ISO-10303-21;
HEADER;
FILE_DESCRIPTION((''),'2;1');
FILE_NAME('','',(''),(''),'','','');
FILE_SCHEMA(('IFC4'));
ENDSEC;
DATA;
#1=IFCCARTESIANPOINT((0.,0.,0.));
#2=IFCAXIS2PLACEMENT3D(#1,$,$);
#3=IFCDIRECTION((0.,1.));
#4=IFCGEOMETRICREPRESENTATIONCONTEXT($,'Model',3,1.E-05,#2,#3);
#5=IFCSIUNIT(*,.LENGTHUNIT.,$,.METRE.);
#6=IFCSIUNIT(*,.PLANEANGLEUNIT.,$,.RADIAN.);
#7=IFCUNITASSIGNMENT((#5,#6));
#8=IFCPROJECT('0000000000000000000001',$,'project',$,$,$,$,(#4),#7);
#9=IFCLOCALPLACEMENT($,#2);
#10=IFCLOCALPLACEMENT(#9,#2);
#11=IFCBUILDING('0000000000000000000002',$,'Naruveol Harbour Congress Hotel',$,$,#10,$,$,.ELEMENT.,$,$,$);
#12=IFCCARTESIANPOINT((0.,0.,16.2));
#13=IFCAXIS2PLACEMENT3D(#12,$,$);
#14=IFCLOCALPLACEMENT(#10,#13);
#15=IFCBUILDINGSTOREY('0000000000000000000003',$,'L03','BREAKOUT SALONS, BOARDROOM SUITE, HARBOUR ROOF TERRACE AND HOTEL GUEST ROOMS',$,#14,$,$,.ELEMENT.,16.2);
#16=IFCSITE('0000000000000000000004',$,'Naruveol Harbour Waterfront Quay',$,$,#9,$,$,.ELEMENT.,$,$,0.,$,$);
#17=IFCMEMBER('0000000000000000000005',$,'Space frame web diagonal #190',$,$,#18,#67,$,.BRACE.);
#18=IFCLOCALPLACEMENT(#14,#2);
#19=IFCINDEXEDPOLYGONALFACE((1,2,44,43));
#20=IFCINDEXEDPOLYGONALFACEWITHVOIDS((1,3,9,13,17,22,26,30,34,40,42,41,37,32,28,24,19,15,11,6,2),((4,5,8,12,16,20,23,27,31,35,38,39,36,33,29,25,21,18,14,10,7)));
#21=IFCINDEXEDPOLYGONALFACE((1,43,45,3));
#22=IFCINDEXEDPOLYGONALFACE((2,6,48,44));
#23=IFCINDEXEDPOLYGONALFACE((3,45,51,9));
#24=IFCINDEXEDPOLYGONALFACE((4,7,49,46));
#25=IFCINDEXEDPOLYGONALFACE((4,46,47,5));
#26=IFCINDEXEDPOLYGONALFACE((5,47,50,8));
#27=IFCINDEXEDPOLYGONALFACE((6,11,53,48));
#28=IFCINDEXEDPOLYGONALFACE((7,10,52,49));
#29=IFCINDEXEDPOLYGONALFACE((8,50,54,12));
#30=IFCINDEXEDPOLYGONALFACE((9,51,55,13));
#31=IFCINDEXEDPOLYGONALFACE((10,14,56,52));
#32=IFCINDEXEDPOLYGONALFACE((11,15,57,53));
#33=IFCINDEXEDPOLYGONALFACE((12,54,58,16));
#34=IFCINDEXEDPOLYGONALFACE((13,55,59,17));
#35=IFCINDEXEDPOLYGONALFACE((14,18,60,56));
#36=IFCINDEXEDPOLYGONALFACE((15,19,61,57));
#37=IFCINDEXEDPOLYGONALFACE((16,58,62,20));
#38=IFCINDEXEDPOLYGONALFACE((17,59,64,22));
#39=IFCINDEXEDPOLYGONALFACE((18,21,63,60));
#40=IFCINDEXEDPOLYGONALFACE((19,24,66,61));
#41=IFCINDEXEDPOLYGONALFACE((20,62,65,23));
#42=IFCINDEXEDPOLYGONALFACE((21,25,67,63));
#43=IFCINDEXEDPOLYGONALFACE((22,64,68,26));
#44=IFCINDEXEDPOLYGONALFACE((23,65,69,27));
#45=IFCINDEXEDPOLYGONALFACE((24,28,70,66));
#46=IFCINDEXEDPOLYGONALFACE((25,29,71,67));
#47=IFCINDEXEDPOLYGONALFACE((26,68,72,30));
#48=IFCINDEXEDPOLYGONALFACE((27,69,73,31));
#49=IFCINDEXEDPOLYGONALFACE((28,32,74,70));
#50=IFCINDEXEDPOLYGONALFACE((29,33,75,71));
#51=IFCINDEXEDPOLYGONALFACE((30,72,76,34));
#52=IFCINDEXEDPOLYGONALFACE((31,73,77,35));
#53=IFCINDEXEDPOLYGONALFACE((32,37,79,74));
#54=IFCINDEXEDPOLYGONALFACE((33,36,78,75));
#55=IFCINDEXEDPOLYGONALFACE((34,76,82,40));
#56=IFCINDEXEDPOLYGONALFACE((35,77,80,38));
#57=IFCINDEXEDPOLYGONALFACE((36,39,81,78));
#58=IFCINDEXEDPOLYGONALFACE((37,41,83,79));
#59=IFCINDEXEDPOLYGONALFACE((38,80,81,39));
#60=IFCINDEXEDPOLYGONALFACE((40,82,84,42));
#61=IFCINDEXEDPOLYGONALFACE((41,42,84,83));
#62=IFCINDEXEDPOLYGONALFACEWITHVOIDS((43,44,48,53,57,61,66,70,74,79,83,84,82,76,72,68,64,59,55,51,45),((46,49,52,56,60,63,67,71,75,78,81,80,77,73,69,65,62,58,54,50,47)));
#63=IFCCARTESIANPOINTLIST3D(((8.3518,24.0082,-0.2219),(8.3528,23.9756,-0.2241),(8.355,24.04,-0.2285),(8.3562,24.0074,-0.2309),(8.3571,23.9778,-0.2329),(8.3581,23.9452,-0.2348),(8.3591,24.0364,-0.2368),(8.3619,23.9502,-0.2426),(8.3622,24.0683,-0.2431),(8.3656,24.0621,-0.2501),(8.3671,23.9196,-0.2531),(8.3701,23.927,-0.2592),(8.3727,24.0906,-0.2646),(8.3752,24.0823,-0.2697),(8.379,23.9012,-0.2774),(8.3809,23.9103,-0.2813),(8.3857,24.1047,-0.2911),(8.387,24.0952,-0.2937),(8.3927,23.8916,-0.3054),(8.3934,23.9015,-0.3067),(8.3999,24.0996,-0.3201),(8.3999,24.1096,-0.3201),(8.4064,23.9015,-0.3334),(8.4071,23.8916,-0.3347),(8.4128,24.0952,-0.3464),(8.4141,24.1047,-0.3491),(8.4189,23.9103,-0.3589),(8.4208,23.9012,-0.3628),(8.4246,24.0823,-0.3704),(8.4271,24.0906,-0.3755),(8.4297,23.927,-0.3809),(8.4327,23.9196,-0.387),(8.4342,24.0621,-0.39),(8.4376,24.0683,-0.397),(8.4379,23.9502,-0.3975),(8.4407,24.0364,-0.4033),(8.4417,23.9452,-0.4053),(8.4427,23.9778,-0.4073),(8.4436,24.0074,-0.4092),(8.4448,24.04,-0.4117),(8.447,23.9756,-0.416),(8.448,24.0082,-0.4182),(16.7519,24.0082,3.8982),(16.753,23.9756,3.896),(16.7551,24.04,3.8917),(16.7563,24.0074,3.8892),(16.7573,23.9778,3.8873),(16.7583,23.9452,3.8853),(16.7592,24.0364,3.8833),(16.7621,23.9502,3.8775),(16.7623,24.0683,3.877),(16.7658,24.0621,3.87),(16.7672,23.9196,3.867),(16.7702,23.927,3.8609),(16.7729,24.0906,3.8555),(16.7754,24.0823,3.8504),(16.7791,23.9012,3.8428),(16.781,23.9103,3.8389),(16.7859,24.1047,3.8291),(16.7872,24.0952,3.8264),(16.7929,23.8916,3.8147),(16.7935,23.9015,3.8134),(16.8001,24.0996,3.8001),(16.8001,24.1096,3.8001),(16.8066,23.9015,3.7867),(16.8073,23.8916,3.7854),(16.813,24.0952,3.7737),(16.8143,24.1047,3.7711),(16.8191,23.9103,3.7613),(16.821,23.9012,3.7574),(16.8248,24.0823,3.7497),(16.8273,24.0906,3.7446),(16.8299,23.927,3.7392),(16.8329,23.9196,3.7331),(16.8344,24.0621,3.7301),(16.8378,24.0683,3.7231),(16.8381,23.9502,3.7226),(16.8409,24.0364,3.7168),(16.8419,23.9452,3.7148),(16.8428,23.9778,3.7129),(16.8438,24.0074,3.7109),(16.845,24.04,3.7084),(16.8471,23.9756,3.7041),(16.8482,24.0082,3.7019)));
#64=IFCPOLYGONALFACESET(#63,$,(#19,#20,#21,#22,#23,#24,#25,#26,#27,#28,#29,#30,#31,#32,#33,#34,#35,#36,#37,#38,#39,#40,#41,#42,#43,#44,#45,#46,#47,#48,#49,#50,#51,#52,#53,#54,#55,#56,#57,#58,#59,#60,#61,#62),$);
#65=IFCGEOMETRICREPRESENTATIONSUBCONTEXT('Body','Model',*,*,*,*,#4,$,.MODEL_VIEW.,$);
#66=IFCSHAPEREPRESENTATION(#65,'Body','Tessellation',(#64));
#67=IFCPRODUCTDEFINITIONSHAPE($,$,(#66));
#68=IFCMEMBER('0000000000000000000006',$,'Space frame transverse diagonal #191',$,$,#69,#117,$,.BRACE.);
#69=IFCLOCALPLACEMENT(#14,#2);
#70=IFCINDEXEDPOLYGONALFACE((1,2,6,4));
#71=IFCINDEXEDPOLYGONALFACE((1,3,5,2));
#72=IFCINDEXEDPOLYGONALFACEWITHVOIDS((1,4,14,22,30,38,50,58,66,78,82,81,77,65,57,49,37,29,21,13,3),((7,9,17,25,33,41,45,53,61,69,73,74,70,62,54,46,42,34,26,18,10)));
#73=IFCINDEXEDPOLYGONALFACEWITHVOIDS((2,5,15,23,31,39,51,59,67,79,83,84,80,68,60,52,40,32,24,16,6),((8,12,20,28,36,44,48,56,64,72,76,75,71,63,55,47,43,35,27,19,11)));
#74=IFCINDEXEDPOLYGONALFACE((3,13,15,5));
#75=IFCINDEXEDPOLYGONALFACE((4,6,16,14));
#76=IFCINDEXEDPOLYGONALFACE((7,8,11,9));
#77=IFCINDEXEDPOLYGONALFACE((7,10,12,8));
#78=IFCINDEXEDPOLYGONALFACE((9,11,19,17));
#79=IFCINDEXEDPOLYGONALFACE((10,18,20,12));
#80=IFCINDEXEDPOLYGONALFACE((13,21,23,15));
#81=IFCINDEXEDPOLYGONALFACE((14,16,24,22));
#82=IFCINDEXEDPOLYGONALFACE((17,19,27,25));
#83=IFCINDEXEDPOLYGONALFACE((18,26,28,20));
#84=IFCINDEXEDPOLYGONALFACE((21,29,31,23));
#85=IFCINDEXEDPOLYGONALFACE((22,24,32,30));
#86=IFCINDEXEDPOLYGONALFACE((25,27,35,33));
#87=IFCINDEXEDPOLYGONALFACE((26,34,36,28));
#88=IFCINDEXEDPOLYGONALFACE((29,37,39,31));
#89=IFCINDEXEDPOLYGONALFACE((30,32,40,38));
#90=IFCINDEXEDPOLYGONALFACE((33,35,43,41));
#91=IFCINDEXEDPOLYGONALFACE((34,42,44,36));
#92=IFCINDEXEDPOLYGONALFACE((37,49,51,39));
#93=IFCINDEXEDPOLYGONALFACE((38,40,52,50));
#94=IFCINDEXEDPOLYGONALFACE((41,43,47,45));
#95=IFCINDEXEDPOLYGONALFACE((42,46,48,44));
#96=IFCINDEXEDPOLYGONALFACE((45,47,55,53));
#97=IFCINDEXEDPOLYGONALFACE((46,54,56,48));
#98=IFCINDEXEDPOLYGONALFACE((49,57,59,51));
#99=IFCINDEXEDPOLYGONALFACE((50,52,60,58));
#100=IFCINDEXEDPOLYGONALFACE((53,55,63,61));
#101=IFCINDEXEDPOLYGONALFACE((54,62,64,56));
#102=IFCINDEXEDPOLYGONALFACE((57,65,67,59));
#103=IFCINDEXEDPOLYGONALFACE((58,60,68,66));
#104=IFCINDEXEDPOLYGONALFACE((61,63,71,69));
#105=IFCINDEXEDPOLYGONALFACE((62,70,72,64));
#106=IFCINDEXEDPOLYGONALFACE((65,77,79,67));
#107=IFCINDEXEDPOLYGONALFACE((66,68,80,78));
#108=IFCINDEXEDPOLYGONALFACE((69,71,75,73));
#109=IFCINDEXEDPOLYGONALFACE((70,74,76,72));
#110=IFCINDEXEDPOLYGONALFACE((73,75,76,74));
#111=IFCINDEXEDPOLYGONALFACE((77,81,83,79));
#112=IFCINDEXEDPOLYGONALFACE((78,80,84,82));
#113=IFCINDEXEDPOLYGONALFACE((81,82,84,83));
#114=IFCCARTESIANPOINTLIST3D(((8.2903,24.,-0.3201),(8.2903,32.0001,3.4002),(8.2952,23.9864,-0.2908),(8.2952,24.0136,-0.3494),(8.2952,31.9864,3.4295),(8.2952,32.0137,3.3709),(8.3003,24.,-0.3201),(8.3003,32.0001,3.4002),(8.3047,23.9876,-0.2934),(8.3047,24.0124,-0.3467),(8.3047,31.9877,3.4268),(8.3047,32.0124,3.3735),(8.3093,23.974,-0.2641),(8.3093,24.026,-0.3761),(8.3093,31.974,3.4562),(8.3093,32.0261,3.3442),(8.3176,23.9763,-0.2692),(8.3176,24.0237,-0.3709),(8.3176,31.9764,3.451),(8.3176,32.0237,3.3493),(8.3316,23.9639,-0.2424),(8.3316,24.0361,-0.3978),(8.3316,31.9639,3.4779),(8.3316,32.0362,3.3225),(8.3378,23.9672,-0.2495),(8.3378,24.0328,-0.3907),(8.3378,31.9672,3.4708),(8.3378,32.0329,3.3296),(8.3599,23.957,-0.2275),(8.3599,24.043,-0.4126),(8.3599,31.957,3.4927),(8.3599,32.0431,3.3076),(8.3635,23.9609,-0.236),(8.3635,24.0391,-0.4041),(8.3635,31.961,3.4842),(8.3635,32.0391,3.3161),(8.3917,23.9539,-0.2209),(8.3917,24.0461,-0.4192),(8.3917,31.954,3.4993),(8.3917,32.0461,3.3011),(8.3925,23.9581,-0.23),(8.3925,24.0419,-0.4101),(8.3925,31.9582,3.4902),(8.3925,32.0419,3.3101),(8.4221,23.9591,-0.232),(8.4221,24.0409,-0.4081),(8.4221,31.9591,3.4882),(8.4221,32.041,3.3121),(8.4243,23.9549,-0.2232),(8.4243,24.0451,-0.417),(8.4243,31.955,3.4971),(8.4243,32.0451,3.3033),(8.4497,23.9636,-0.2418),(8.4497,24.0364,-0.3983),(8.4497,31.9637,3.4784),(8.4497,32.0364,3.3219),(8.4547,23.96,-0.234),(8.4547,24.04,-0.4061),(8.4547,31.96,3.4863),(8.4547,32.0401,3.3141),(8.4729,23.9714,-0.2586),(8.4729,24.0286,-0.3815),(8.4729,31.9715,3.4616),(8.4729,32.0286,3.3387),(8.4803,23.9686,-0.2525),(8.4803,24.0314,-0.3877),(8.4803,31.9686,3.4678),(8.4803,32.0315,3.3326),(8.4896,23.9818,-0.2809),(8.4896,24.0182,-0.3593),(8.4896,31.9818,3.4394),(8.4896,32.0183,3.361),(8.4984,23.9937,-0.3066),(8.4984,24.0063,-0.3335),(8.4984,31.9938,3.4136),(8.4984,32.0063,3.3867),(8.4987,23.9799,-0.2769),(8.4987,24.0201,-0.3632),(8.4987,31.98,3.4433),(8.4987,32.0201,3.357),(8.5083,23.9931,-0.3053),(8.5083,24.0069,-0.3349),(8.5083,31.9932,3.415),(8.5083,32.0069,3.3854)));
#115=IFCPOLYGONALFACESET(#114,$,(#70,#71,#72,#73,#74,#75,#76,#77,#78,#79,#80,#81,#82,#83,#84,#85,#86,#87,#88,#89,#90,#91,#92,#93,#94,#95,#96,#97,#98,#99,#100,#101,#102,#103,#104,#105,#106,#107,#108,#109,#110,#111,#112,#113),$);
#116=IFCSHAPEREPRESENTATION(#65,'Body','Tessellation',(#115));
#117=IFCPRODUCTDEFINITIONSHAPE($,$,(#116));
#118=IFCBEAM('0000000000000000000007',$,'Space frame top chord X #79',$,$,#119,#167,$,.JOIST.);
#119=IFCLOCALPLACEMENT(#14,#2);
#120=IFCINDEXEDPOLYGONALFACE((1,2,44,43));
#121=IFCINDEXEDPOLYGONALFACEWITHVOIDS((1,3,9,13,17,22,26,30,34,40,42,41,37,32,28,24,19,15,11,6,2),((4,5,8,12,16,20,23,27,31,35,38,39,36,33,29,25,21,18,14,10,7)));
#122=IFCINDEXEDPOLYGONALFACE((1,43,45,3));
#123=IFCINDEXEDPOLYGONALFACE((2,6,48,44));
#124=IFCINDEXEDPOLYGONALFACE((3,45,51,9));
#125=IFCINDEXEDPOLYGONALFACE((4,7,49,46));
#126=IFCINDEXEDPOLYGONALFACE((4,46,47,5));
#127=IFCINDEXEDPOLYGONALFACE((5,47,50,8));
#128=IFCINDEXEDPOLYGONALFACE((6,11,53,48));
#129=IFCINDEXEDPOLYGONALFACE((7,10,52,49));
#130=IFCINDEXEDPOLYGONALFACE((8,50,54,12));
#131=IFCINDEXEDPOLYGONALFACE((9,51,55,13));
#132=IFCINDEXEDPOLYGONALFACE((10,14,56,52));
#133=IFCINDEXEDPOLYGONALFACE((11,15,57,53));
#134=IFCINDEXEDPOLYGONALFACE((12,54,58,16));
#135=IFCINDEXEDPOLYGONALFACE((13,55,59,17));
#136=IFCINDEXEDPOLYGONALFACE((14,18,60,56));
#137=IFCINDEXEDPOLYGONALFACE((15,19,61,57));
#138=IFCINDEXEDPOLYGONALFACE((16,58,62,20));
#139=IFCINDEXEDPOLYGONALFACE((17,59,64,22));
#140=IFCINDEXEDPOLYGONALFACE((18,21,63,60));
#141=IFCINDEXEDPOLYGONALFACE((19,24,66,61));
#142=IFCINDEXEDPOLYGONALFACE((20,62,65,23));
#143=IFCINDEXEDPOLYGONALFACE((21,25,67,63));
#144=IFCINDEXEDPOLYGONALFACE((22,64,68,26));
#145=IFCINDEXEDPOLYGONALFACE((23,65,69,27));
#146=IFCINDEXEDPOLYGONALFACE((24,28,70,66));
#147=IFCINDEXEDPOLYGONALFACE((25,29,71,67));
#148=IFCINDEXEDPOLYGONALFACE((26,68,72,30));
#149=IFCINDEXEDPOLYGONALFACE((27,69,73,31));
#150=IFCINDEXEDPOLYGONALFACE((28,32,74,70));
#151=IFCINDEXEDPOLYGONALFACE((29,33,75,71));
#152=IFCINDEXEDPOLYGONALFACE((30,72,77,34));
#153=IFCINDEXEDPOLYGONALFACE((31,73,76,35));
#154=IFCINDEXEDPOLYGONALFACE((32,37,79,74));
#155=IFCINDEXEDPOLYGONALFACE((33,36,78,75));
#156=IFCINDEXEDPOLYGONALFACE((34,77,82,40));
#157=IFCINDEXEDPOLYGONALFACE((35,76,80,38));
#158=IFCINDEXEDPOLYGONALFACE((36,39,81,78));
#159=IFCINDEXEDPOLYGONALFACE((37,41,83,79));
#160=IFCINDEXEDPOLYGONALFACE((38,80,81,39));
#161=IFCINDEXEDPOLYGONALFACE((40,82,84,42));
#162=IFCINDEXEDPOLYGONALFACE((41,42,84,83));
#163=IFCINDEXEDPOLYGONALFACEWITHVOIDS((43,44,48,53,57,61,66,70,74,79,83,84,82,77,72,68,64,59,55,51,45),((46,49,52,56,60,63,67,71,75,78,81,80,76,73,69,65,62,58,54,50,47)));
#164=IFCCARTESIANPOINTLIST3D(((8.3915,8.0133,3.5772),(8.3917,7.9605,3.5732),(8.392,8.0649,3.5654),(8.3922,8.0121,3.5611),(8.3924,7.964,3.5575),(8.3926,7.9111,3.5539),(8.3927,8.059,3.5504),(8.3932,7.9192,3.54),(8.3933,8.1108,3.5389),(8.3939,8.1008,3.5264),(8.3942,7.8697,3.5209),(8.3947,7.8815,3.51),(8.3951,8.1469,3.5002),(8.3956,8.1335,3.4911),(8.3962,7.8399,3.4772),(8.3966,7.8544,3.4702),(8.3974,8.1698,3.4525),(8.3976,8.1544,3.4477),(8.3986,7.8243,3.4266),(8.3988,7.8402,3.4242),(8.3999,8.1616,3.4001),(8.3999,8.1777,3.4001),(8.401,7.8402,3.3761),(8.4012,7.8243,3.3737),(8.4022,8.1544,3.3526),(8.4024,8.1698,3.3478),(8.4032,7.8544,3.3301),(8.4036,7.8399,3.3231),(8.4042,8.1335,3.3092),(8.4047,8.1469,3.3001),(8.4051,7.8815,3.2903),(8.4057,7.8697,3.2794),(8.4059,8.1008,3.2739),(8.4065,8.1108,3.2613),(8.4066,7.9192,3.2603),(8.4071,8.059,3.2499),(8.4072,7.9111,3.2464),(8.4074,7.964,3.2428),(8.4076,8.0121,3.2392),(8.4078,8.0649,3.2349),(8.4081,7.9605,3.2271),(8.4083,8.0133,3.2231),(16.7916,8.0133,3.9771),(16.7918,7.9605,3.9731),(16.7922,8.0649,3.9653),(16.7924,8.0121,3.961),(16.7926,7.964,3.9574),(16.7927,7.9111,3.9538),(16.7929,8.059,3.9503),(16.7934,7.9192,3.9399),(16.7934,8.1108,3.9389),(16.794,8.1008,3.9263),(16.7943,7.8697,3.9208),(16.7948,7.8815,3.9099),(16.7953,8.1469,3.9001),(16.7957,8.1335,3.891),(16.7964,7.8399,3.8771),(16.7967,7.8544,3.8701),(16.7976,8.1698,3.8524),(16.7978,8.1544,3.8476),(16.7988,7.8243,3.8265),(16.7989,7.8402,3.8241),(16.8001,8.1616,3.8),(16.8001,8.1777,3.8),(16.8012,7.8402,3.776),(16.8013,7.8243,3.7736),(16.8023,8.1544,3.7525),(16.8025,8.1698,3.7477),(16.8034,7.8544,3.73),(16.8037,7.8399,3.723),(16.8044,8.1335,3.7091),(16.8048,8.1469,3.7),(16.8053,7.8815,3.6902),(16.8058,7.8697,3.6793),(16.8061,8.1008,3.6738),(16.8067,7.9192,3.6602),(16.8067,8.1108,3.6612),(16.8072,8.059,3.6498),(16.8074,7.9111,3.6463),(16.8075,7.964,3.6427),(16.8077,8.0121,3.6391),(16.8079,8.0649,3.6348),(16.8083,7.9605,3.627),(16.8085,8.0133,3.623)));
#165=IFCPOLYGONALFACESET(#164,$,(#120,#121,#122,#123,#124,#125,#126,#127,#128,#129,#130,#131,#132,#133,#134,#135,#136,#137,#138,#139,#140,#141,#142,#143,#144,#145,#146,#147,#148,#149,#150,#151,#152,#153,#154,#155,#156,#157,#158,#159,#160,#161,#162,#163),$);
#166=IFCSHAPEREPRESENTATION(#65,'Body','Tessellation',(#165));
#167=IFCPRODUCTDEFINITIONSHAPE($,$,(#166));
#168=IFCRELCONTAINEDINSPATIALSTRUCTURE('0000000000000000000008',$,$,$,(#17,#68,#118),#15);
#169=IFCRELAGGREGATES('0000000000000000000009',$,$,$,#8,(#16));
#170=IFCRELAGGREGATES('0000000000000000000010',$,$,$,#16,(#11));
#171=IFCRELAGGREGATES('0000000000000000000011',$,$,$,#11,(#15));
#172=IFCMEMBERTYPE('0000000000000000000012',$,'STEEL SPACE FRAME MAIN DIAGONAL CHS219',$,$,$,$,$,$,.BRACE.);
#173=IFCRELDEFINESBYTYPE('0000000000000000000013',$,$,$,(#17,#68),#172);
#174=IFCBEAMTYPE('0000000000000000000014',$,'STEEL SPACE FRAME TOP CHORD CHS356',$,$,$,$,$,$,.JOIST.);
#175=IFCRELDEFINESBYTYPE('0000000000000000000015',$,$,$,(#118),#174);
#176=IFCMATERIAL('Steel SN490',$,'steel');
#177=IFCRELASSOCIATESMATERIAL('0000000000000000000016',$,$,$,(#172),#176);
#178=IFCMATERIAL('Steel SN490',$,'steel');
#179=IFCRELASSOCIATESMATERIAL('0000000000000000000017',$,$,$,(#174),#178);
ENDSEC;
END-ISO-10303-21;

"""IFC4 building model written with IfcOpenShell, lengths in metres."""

from ifc_helpers import new_model, si_unit, direction, frame, origin, origin_2d, place, context, subcontext, project, spatial, hollow_circle, extrude, material, material_profile, profile_set, type_object, element, save


model = new_model("IFC4")

# Units and contexts
model_context = context("Model", 3, precision=1e-05, world=origin(), true_north=direction((0.0, 1.0)))
body_context = subcontext(model_context, "Body", "Model", "MODEL_VIEW")
ifc_project = project(units=[si_unit("LENGTHUNIT", "METRE"), si_unit("PLANEANGLEUNIT", "RADIAN")], contexts=[model_context])

# Site, building, storey
site_placement = place(None, origin())
site = spatial("IfcSite", under=ifc_project, at=site_placement, Name="Naruveol Harbour Waterfront Quay", CompositionType="ELEMENT", RefElevation=0.0)
building_placement = place(site_placement, origin())
building = spatial("IfcBuilding", under=site, at=building_placement, Name="Naruveol Harbour Congress Hotel", CompositionType="ELEMENT")
storey_placement = place(building_placement, frame((0.0, 0.0, 16.2)))
storey = spatial("IfcBuildingStorey", under=building, at=storey_placement, Name="L03", Description="BREAKOUT SALONS, BOARDROOM SUITE, HARBOUR ROOF TERRACE AND HOTEL GUEST ROOMS", CompositionType="ELEMENT", Elevation=16.2)

# Members
ifc_material_1 = material(Name="Steel SN490", Category="steel")
ifc_material_profile_1 = material_profile(ifc_material_1, hollow_circle(Radius=0.1096, WallThickness=0.01, at=origin_2d()), Name="CHS-219.1x10")
ifc_profile_set_1 = profile_set([ifc_material_profile_1], Name="Steel SN490")
member_type_1 = type_object("IfcMemberType", Name="STEEL SPACE FRAME MAIN DIAGONAL CHS219", PredefinedType="BRACE", material=ifc_profile_set_1)
member_1_placement = place(storey_placement, frame((8.3999, 24.0, -0.3201), z_axis=(0.897819, 0.0, 0.440364), x_axis=(0.0, 1.0, 0.0)))
element("IfcMember", 1, at=member_1_placement, inside=storey, type_object=member_type_1, Name="Space frame web diagonal #190", PredefinedType="BRACE", context=body_context, shape_type="SweptSolid", body=[
    extrude(hollow_circle(Radius=0.1096, WallThickness=0.01, at=origin_2d()), origin(), (0.0, 0.0, 1.0), 9.3562),
])
member_2_placement = place(storey_placement, frame((8.3999, 24.0, -0.3201), z_axis=(0.0, 0.906752, 0.421664), x_axis=(-1.0, 0.0, 0.0)))
element("IfcMember", 2, at=member_2_placement, inside=storey, type_object=member_type_1, Name="Space frame transverse diagonal #191", PredefinedType="BRACE", context=body_context, shape_type="SweptSolid", body=[
    extrude(hollow_circle(Radius=0.1096, WallThickness=0.01, at=origin_2d()), origin(), (0.0, 0.0, 1.0), 8.8228),
])

# Beam
ifc_material_2 = material(Name="Steel SN490", Category="steel")
ifc_material_profile_2 = material_profile(ifc_material_2, hollow_circle(Radius=0.1777, WallThickness=0.0161, at=origin_2d()), Name="CHS-355.6x16")
ifc_profile_set_2 = profile_set([ifc_material_profile_2], Name="Steel SN490")
beam_type_1 = type_object("IfcBeamType", Name="STEEL SPACE FRAME TOP CHORD CHS356", PredefinedType="JOIST", material=ifc_profile_set_2)
beam_1_placement = place(storey_placement, frame((8.3999, 8.0, 3.4001), z_axis=(0.998869, 0.0, 0.047553), x_axis=(0.0, 1.0, 0.0)))
element("IfcBeam", 3, at=beam_1_placement, inside=storey, type_object=beam_type_1, Name="Space frame top chord X #79", PredefinedType="JOIST", context=body_context, shape_type="SweptSolid", body=[
    extrude(hollow_circle(Radius=0.1777, WallThickness=0.0161, at=origin_2d()), origin(), (0.0, 0.0, 1.0), 8.4097),
])

save(model, "model.ifc")
